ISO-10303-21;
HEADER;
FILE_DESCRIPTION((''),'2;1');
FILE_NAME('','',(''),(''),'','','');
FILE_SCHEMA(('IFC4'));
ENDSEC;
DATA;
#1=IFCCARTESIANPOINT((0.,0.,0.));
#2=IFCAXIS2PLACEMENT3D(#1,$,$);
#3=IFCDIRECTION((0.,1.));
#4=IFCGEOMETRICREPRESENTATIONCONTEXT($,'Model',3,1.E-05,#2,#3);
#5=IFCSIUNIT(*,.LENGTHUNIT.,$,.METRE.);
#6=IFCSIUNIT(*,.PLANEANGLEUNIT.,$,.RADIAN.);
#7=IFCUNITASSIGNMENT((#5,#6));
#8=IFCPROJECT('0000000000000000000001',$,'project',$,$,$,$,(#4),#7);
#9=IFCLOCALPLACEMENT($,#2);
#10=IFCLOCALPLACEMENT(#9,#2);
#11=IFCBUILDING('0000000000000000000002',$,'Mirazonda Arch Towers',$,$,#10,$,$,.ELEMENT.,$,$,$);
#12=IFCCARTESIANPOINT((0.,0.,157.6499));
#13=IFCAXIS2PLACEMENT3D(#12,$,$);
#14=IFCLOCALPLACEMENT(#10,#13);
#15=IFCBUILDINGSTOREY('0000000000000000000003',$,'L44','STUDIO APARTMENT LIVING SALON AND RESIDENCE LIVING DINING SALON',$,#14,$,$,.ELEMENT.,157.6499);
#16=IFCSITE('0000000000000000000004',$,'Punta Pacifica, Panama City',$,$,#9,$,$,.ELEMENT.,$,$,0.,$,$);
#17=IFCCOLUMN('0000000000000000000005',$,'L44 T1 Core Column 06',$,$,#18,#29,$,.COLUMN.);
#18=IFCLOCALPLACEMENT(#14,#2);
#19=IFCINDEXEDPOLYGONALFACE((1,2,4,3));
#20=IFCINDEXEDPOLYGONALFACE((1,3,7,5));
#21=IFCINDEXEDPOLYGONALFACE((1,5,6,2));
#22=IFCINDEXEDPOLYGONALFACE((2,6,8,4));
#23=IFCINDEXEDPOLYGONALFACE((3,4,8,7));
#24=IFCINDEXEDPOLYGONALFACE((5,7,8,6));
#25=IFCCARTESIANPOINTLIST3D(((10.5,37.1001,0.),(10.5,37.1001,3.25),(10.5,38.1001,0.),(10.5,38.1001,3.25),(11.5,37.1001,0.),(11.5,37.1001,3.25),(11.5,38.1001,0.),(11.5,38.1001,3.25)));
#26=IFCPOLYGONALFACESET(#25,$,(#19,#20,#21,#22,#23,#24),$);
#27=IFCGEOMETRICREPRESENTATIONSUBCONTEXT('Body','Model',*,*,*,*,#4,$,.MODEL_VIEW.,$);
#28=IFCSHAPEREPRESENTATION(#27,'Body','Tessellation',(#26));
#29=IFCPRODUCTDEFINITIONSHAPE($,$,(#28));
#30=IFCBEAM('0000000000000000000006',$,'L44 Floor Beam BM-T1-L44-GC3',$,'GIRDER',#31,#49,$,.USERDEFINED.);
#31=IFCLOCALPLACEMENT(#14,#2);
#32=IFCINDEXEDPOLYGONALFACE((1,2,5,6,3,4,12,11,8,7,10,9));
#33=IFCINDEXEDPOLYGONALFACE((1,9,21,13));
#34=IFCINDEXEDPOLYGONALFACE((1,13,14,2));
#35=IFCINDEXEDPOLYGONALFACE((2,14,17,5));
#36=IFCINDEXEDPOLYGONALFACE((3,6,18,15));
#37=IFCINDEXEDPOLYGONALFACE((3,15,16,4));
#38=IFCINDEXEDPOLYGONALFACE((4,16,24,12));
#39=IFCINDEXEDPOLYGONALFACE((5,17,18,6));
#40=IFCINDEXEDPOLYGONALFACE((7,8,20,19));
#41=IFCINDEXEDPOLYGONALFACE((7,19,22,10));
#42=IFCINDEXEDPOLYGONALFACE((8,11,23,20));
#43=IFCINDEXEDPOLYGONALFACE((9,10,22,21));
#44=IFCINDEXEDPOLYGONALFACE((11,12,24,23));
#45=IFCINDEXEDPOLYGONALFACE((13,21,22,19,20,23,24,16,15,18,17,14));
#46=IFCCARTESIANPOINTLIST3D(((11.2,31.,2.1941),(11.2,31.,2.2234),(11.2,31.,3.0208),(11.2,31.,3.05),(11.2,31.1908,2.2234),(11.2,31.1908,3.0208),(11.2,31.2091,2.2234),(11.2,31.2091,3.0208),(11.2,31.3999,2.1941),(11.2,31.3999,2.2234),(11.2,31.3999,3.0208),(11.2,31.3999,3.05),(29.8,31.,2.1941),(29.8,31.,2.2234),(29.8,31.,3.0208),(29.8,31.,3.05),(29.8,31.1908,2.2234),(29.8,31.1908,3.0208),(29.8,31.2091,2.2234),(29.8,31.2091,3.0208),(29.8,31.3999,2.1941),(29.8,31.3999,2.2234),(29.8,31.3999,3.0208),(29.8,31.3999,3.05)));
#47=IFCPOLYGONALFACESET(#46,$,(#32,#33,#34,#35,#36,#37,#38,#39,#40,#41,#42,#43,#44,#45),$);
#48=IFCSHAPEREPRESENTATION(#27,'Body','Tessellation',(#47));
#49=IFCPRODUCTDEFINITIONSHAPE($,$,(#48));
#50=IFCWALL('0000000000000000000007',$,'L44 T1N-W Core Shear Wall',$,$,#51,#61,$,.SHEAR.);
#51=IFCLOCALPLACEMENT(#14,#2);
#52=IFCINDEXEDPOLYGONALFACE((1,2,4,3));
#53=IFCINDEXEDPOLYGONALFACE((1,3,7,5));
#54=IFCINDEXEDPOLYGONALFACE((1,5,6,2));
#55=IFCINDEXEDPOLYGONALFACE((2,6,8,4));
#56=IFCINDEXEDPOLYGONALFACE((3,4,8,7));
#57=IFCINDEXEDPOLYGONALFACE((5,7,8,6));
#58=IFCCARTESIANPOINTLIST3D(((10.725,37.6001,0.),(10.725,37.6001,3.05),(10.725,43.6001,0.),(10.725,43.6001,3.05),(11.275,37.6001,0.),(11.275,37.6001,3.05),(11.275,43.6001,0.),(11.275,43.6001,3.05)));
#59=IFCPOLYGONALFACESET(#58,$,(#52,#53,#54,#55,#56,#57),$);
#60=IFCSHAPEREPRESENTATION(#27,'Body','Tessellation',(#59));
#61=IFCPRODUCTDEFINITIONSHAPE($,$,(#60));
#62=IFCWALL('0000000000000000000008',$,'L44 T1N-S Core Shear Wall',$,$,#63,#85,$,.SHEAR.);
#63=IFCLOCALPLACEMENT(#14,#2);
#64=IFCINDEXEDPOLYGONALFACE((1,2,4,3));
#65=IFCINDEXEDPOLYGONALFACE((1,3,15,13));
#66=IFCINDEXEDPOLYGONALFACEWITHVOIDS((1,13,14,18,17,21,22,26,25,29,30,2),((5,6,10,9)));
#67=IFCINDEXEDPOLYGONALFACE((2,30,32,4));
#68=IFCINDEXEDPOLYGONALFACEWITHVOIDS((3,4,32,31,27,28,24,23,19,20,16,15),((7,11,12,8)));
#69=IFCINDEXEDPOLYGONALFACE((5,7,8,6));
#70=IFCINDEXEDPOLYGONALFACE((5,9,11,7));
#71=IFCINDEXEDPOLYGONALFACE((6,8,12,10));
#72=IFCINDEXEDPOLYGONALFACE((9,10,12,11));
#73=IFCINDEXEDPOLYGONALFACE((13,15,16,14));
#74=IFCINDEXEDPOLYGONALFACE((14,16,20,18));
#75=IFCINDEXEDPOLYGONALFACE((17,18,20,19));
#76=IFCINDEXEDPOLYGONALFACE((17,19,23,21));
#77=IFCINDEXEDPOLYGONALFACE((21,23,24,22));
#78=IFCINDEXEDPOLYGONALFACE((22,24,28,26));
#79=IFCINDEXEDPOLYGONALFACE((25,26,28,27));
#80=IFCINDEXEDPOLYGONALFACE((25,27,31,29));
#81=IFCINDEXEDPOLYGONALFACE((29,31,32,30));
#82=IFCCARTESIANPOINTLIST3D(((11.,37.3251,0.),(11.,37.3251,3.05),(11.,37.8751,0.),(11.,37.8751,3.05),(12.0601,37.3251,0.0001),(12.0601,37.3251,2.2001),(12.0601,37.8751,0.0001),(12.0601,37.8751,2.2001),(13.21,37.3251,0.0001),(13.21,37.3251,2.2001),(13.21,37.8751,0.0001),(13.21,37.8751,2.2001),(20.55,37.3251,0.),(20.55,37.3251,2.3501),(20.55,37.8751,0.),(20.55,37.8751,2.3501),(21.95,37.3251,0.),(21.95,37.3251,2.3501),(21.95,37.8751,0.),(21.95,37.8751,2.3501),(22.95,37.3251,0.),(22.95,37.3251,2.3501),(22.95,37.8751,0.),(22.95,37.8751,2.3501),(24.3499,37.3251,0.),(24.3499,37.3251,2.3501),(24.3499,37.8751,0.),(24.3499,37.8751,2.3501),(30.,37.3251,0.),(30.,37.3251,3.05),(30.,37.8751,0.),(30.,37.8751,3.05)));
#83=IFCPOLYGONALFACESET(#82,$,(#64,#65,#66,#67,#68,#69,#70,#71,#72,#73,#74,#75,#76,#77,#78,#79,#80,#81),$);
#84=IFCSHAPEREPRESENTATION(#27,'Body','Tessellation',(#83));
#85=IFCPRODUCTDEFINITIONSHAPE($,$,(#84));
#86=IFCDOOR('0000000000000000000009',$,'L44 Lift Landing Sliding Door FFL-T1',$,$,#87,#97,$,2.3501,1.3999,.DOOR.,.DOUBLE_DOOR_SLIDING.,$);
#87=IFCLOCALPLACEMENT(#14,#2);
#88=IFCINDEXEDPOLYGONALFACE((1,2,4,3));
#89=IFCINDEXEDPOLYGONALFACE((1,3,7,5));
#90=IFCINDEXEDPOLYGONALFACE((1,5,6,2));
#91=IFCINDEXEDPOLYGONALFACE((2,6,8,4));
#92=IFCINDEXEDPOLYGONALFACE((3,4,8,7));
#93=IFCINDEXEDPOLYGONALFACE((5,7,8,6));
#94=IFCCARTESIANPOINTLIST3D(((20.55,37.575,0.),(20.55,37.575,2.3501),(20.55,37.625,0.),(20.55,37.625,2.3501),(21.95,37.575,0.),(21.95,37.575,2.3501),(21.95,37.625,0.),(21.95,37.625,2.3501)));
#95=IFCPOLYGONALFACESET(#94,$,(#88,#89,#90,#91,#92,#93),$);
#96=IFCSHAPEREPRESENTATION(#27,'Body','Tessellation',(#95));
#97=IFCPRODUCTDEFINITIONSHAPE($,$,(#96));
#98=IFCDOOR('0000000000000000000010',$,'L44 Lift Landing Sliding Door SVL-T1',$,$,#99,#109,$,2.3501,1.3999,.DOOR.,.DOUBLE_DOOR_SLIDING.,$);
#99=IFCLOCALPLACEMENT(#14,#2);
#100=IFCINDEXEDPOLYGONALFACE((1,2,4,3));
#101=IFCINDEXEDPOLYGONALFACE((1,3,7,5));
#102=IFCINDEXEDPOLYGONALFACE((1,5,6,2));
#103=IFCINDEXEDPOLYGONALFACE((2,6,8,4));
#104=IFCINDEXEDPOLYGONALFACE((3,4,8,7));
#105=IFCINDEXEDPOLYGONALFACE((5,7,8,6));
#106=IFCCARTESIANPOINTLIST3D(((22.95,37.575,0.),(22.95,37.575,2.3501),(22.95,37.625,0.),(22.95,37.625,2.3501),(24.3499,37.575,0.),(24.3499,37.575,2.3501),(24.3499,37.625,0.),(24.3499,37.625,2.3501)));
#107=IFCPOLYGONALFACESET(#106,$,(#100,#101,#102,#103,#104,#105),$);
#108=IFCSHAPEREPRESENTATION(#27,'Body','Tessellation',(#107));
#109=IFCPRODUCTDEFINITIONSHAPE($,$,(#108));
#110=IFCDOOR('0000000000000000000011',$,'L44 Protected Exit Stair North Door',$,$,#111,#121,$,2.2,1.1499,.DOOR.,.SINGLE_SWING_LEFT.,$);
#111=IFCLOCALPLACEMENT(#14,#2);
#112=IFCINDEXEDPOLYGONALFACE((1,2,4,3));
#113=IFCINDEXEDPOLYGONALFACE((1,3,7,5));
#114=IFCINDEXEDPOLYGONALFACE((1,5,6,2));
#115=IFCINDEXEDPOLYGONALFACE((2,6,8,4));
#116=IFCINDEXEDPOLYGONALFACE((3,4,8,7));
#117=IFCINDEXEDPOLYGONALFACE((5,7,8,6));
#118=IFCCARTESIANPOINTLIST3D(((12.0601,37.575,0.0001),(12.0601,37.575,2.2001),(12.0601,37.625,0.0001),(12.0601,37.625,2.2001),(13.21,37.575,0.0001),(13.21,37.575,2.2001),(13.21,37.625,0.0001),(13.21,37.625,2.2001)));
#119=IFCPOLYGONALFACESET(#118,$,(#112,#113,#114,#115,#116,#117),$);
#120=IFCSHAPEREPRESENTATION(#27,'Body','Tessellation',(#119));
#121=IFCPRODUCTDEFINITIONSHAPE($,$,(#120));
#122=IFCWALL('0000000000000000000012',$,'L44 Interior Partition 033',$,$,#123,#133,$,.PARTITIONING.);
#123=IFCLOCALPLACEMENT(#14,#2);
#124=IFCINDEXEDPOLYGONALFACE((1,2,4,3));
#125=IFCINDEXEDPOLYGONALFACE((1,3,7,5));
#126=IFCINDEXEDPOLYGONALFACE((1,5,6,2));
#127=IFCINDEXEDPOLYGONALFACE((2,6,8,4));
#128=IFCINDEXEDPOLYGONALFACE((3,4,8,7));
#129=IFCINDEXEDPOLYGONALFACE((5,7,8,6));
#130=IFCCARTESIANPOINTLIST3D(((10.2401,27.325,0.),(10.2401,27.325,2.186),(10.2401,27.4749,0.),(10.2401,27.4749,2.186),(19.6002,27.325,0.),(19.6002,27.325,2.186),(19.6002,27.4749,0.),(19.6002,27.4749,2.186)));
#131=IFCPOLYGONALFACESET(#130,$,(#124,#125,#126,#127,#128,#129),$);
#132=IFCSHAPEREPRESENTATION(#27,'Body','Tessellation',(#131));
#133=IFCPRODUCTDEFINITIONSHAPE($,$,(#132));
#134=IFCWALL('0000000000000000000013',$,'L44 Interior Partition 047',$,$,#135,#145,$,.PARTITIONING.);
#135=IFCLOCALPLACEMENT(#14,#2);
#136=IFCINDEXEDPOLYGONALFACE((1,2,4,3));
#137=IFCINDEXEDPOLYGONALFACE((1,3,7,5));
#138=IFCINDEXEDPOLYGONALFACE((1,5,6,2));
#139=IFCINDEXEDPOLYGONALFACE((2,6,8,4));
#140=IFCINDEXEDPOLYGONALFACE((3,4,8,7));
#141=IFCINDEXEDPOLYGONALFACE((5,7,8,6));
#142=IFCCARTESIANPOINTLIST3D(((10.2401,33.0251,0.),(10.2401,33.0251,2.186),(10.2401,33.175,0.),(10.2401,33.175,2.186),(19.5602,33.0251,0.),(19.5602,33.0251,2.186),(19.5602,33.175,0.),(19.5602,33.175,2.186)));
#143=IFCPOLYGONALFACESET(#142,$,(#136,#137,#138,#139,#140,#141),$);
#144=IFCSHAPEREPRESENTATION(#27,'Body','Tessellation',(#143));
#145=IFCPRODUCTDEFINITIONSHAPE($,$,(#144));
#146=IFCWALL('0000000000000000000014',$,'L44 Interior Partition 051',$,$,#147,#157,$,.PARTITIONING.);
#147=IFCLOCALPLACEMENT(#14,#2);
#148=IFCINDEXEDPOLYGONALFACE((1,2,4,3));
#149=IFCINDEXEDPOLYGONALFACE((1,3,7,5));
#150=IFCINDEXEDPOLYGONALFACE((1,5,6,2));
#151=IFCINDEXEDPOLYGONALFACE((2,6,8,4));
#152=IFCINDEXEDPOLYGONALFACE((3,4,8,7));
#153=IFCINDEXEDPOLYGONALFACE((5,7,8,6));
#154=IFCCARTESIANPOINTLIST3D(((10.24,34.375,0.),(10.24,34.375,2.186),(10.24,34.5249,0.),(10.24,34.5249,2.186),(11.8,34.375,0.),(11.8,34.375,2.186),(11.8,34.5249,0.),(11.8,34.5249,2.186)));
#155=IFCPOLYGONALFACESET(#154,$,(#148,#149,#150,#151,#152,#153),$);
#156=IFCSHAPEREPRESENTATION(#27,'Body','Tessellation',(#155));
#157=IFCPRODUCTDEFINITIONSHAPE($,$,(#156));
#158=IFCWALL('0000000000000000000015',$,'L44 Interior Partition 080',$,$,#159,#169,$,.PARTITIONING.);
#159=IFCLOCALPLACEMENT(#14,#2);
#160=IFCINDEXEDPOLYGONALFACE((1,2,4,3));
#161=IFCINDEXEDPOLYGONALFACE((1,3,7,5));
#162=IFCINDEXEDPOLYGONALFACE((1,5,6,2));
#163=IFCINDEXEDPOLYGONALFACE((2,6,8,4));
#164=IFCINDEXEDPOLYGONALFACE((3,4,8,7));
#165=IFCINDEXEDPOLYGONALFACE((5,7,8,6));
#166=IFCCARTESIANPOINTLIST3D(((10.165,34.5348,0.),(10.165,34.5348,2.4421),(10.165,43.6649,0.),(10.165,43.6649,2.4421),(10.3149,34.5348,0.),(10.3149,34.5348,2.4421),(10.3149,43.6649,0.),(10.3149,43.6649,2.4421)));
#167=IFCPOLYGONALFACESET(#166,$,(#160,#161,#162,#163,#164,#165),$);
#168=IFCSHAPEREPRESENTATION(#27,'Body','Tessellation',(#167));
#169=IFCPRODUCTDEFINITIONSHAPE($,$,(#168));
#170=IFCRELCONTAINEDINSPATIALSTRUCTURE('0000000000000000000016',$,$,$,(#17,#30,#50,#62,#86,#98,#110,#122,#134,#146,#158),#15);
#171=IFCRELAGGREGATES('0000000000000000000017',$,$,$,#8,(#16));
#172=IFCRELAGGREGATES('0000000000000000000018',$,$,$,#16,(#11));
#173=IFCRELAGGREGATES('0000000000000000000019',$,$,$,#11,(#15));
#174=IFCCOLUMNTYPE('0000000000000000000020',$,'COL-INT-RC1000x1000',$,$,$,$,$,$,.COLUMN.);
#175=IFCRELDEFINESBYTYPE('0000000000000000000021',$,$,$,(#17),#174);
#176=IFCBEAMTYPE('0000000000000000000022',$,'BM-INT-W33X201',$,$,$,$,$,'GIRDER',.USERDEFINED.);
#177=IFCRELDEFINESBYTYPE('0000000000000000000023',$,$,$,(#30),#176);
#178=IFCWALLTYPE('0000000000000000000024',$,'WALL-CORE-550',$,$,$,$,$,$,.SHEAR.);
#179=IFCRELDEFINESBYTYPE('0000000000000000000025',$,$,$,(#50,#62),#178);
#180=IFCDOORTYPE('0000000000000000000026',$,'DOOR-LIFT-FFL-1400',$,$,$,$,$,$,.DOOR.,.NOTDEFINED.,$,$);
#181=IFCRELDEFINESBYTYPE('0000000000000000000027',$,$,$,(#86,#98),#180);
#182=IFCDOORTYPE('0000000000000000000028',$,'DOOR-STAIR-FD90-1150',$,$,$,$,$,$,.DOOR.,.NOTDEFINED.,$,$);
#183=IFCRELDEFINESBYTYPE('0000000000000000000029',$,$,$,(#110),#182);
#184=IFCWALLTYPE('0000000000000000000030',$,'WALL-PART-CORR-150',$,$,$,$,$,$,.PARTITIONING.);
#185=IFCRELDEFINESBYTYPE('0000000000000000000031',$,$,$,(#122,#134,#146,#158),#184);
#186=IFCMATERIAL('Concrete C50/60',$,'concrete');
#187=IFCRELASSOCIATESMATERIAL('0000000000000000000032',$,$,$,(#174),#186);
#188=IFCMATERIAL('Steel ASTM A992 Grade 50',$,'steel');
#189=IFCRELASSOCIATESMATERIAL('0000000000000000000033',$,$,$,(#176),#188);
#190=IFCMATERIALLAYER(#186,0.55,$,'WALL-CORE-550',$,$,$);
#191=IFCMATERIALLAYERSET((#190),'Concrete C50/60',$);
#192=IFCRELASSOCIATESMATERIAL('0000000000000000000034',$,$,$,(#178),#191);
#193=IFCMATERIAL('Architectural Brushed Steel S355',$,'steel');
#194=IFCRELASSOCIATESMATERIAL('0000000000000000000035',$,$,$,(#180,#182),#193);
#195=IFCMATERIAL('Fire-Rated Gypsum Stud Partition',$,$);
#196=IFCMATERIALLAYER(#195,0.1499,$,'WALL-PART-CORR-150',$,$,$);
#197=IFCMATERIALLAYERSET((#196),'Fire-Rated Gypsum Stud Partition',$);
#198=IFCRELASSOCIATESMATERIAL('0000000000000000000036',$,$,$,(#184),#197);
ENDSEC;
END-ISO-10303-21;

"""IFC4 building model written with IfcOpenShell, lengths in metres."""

from ifc_helpers import new_model, si_unit, direction, frame, frame_2d, origin, origin_2d, place, context, subcontext, project, spatial, rectangle, i_section, extrude, material, layer, layer_set, material_profile, profile_set, type_object, element, fill, save


model = new_model("IFC4")

# Units and contexts
model_context = context("Model", 3, precision=1e-05, world=origin(), true_north=direction((0.0, 1.0)))
body_context = subcontext(model_context, "Body", "Model", "MODEL_VIEW")
ifc_project = project(units=[si_unit("LENGTHUNIT", "METRE"), si_unit("PLANEANGLEUNIT", "RADIAN")], contexts=[model_context])

# Site, building, storey
site_placement = place(None, origin())
site = spatial("IfcSite", under=ifc_project, at=site_placement, Name="Punta Pacifica, Panama City", CompositionType="ELEMENT", RefElevation=0.0)
building_placement = place(site_placement, origin())
building = spatial("IfcBuilding", under=site, at=building_placement, Name="Mirazonda Arch Towers", CompositionType="ELEMENT")
storey_placement = place(building_placement, frame((0.0, 0.0, 157.6499)))
storey = spatial("IfcBuildingStorey", under=building, at=storey_placement, Name="L44", Description="STUDIO APARTMENT LIVING SALON AND RESIDENCE LIVING DINING SALON", CompositionType="ELEMENT", Elevation=157.6499)

# Column
ifc_material_1 = material(Name="Concrete C50/60", Category="concrete")
ifc_material_profile_1 = material_profile(ifc_material_1, rectangle(XDim=1.0, YDim=1.0, at=origin_2d()), Name="RC1000x1000")
ifc_profile_set_1 = profile_set([ifc_material_profile_1], Name="Concrete C50/60")
column_type = type_object("IfcColumnType", Name="COL-INT-RC1000x1000", PredefinedType="COLUMN", material=ifc_profile_set_1)
column_placement = place(storey_placement, frame((11.0, 37.6001, 0.0), z_axis=(0.0, 0.0, 1.0), x_axis=(1.0, 0.0, 0.0)))
element("IfcColumn", 1, at=column_placement, inside=storey, type_object=column_type, Name="L44 T1 Core Column 06", PredefinedType="COLUMN", context=body_context, shape_type="SweptSolid", body=[
    extrude(rectangle(XDim=1.0, YDim=1.0, at=origin_2d()), origin(), (0.0, 0.0, 1.0), 3.25),
])

# Beam
ifc_material_2 = material(Name="Steel ASTM A992 Grade 50", Category="steel")
ifc_material_profile_2 = material_profile(ifc_material_2, i_section(OverallWidth=0.3999, OverallDepth=0.856, WebThickness=0.0183, FlangeThickness=0.0293, at=origin_2d()), Name="W33X201")
ifc_profile_set_2 = profile_set([ifc_material_profile_2], Name="Steel ASTM A992 Grade 50")
beam_type = type_object("IfcBeamType", Name="BM-INT-W33X201", ElementType="GIRDER", PredefinedType="USERDEFINED", material=ifc_profile_set_2)
beam_placement = place(storey_placement, frame((11.2, 31.2, 2.6221), z_axis=(1.0, 0.0, 0.0), x_axis=(0.0, 1.0, 0.0)))
element("IfcBeam", 2, at=beam_placement, inside=storey, type_object=beam_type, Name="L44 Floor Beam BM-T1-L44-GC3", ObjectType="GIRDER", PredefinedType="USERDEFINED", context=body_context, shape_type="SweptSolid", body=[
    extrude(i_section(OverallWidth=0.3999, OverallDepth=0.856, WebThickness=0.0183, FlangeThickness=0.0293, at=origin_2d()), origin(), (0.0, 0.0, 1.0), 18.6001),
])

# Wall
ifc_layer_1 = layer(ifc_material_1, 0.55, Name="WALL-CORE-550")
ifc_layer_set_1 = layer_set([ifc_layer_1], Name="Concrete C50/60")
wall_type_1 = type_object("IfcWallType", Name="WALL-CORE-550", PredefinedType="SHEAR", material=ifc_layer_set_1)
wall_1_placement = place(storey_placement, frame((11.0, 37.6001, 0.0), z_axis=(0.0, 0.0, 1.0), x_axis=(0.0, 1.0, 0.0)))
element("IfcWall", 3, at=wall_1_placement, inside=storey, type_object=wall_type_1, Name="L44 T1N-W Core Shear Wall", PredefinedType="SHEAR", context=body_context, shape_type="SweptSolid", body=[
    extrude(rectangle(XDim=6.0, YDim=0.55, at=frame_2d((3.0, 0.0))), origin(), (0.0, 0.0, 1.0), 3.05),
])

# Wall, openings, doors
wall_2_placement = place(storey_placement, frame((11.0, 37.6001, 0.0), z_axis=(0.0, 0.0, 1.0), x_axis=(1.0, 0.0, 0.0)))
wall_2 = element("IfcWall", 4, at=wall_2_placement, inside=storey, type_object=wall_type_1, Name="L44 T1N-S Core Shear Wall", PredefinedType="SHEAR", context=body_context, shape_type="SweptSolid", body=[
    extrude(rectangle(XDim=19.0, YDim=0.55, at=frame_2d((9.5, 0.0))), origin(), (0.0, 0.0, 1.0), 3.05),
])
opening_1_placement = place(wall_2_placement, frame((1.0601, 0.0, 0.0)))
opening_1 = element("IfcOpeningElement", 5, at=opening_1_placement, cuts=wall_2, PredefinedType="OPENING", context=body_context, shape_type="SweptSolid", body=[
    extrude(rectangle(XDim=1.1499, YDim=2.2, at=frame_2d((0.575, 1.1001))), frame((0.0, 0.2849, 0.0), z_axis=(0.0, -1.0, 0.0), x_axis=(1.0, 0.0, 0.0)), (0.0, 0.0, 1.0), 0.5701),
])
opening_2_placement = place(wall_2_placement, frame((9.55, 0.0, 0.0)))
opening_2 = element("IfcOpeningElement", 6, at=opening_2_placement, cuts=wall_2, PredefinedType="OPENING", context=body_context, shape_type="SweptSolid", body=[
    extrude(rectangle(XDim=1.3999, YDim=2.3501, at=frame_2d((0.7, 1.175))), frame((0.0, 0.2849, 0.0), z_axis=(0.0, -1.0, 0.0), x_axis=(1.0, 0.0, 0.0)), (0.0, 0.0, 1.0), 0.5701),
])
opening_3_placement = place(wall_2_placement, frame((11.95, 0.0, 0.0)))
opening_3 = element("IfcOpeningElement", 7, at=opening_3_placement, cuts=wall_2, PredefinedType="OPENING", context=body_context, shape_type="SweptSolid", body=[
    extrude(rectangle(XDim=1.3999, YDim=2.3501, at=frame_2d((0.7, 1.175))), frame((0.0, 0.2849, 0.0), z_axis=(0.0, -1.0, 0.0), x_axis=(1.0, 0.0, 0.0)), (0.0, 0.0, 1.0), 0.5701),
])
ifc_material_3 = material(Name="Architectural Brushed Steel S355", Category="steel")
door_type_1 = type_object("IfcDoorType", Name="DOOR-LIFT-FFL-1400", OperationType="NOTDEFINED", PredefinedType="DOOR", material=ifc_material_3)
door_1_placement = place(opening_2_placement, origin())
door_1 = element("IfcDoor", 8, at=door_1_placement, inside=storey, type_object=door_type_1, Name="L44 Lift Landing Sliding Door FFL-T1", OperationType="DOUBLE_DOOR_SLIDING", OverallHeight=2.3501, OverallWidth=1.3999, PredefinedType="DOOR", context=body_context, shape_type="SweptSolid", body=[
    extrude(rectangle(XDim=1.3999, YDim=2.3501, at=frame_2d((0.7, 1.175))), frame((0.0, 0.0249, 0.0), z_axis=(0.0, -1.0, 0.0), x_axis=(1.0, 0.0, 0.0)), (0.0, 0.0, 1.0), 0.05),
])
fill(opening_2, door_1)
door_2_placement = place(opening_3_placement, origin())
door_2 = element("IfcDoor", 9, at=door_2_placement, inside=storey, type_object=door_type_1, Name="L44 Lift Landing Sliding Door SVL-T1", OperationType="DOUBLE_DOOR_SLIDING", OverallHeight=2.3501, OverallWidth=1.3999, PredefinedType="DOOR", context=body_context, shape_type="SweptSolid", body=[
    extrude(rectangle(XDim=1.3999, YDim=2.3501, at=frame_2d((0.7, 1.175))), frame((0.0, 0.0249, 0.0), z_axis=(0.0, -1.0, 0.0), x_axis=(1.0, 0.0, 0.0)), (0.0, 0.0, 1.0), 0.05),
])
fill(opening_3, door_2)
door_type_2 = type_object("IfcDoorType", Name="DOOR-STAIR-FD90-1150", OperationType="NOTDEFINED", PredefinedType="DOOR", material=ifc_material_3)
door_3_placement = place(opening_1_placement, origin())
door_3 = element("IfcDoor", 10, at=door_3_placement, inside=storey, type_object=door_type_2, Name="L44 Protected Exit Stair North Door", OperationType="SINGLE_SWING_LEFT", OverallHeight=2.2, OverallWidth=1.1499, PredefinedType="DOOR", context=body_context, shape_type="SweptSolid", body=[
    extrude(rectangle(XDim=1.1499, YDim=2.2, at=frame_2d((0.575, 1.1001))), frame((0.0, 0.0249, 0.0), z_axis=(0.0, -1.0, 0.0), x_axis=(1.0, 0.0, 0.0)), (0.0, 0.0, 1.0), 0.05),
])
fill(opening_1, door_3)

# Walls
ifc_material_4 = material(Name="Fire-Rated Gypsum Stud Partition")
ifc_layer_2 = layer(ifc_material_4, 0.1499, Name="WALL-PART-CORR-150")
ifc_layer_set_2 = layer_set([ifc_layer_2], Name="Fire-Rated Gypsum Stud Partition")
wall_type_2 = type_object("IfcWallType", Name="WALL-PART-CORR-150", PredefinedType="PARTITIONING", material=ifc_layer_set_2)
wall_3_placement = place(storey_placement, frame((10.24, 27.3999, 0.0), z_axis=(0.0, 0.0, 1.0), x_axis=(1.0, 0.0, 0.0)))
element("IfcWall", 11, at=wall_3_placement, inside=storey, type_object=wall_type_2, Name="L44 Interior Partition 033", PredefinedType="PARTITIONING", context=body_context, shape_type="SweptSolid", body=[
    extrude(rectangle(XDim=9.3601, YDim=0.1499, at=frame_2d((4.6802, 0.0))), origin(), (0.0, 0.0, 1.0), 2.186),
])
wall_4_placement = place(storey_placement, frame((10.24, 33.1001, 0.0), z_axis=(0.0, 0.0, 1.0), x_axis=(1.0, 0.0, 0.0)))
element("IfcWall", 12, at=wall_4_placement, inside=storey, type_object=wall_type_2, Name="L44 Interior Partition 047", PredefinedType="PARTITIONING", context=body_context, shape_type="SweptSolid", body=[
    extrude(rectangle(XDim=9.3201, YDim=0.1499, at=frame_2d((4.6602, 0.0))), origin(), (0.0, 0.0, 1.0), 2.186),
])
wall_5_placement = place(storey_placement, frame((10.24, 34.45, 0.0), z_axis=(0.0, 0.0, 1.0), x_axis=(1.0, 0.0, 0.0)))
element("IfcWall", 13, at=wall_5_placement, inside=storey, type_object=wall_type_2, Name="L44 Interior Partition 051", PredefinedType="PARTITIONING", context=body_context, shape_type="SweptSolid", body=[
    extrude(rectangle(XDim=1.5601, YDim=0.1499, at=frame_2d((0.78, 0.0))), origin(), (0.0, 0.0, 1.0), 2.186),
])

# Wall
wall_6_placement = place(storey_placement, frame((10.24, 34.5349, 0.0), z_axis=(0.0, 0.0, 1.0), x_axis=(0.0, 1.0, 0.0)))
element("IfcWall", 14, at=wall_6_placement, inside=storey, type_object=wall_type_2, Name="L44 Interior Partition 080", PredefinedType="PARTITIONING", context=body_context, shape_type="SweptSolid", body=[
    extrude(rectangle(XDim=9.1301, YDim=0.1499, at=frame_2d((4.5649, 0.0))), origin(), (0.0, 0.0, 1.0), 2.4421),
])

save(model, "model.ifc")
